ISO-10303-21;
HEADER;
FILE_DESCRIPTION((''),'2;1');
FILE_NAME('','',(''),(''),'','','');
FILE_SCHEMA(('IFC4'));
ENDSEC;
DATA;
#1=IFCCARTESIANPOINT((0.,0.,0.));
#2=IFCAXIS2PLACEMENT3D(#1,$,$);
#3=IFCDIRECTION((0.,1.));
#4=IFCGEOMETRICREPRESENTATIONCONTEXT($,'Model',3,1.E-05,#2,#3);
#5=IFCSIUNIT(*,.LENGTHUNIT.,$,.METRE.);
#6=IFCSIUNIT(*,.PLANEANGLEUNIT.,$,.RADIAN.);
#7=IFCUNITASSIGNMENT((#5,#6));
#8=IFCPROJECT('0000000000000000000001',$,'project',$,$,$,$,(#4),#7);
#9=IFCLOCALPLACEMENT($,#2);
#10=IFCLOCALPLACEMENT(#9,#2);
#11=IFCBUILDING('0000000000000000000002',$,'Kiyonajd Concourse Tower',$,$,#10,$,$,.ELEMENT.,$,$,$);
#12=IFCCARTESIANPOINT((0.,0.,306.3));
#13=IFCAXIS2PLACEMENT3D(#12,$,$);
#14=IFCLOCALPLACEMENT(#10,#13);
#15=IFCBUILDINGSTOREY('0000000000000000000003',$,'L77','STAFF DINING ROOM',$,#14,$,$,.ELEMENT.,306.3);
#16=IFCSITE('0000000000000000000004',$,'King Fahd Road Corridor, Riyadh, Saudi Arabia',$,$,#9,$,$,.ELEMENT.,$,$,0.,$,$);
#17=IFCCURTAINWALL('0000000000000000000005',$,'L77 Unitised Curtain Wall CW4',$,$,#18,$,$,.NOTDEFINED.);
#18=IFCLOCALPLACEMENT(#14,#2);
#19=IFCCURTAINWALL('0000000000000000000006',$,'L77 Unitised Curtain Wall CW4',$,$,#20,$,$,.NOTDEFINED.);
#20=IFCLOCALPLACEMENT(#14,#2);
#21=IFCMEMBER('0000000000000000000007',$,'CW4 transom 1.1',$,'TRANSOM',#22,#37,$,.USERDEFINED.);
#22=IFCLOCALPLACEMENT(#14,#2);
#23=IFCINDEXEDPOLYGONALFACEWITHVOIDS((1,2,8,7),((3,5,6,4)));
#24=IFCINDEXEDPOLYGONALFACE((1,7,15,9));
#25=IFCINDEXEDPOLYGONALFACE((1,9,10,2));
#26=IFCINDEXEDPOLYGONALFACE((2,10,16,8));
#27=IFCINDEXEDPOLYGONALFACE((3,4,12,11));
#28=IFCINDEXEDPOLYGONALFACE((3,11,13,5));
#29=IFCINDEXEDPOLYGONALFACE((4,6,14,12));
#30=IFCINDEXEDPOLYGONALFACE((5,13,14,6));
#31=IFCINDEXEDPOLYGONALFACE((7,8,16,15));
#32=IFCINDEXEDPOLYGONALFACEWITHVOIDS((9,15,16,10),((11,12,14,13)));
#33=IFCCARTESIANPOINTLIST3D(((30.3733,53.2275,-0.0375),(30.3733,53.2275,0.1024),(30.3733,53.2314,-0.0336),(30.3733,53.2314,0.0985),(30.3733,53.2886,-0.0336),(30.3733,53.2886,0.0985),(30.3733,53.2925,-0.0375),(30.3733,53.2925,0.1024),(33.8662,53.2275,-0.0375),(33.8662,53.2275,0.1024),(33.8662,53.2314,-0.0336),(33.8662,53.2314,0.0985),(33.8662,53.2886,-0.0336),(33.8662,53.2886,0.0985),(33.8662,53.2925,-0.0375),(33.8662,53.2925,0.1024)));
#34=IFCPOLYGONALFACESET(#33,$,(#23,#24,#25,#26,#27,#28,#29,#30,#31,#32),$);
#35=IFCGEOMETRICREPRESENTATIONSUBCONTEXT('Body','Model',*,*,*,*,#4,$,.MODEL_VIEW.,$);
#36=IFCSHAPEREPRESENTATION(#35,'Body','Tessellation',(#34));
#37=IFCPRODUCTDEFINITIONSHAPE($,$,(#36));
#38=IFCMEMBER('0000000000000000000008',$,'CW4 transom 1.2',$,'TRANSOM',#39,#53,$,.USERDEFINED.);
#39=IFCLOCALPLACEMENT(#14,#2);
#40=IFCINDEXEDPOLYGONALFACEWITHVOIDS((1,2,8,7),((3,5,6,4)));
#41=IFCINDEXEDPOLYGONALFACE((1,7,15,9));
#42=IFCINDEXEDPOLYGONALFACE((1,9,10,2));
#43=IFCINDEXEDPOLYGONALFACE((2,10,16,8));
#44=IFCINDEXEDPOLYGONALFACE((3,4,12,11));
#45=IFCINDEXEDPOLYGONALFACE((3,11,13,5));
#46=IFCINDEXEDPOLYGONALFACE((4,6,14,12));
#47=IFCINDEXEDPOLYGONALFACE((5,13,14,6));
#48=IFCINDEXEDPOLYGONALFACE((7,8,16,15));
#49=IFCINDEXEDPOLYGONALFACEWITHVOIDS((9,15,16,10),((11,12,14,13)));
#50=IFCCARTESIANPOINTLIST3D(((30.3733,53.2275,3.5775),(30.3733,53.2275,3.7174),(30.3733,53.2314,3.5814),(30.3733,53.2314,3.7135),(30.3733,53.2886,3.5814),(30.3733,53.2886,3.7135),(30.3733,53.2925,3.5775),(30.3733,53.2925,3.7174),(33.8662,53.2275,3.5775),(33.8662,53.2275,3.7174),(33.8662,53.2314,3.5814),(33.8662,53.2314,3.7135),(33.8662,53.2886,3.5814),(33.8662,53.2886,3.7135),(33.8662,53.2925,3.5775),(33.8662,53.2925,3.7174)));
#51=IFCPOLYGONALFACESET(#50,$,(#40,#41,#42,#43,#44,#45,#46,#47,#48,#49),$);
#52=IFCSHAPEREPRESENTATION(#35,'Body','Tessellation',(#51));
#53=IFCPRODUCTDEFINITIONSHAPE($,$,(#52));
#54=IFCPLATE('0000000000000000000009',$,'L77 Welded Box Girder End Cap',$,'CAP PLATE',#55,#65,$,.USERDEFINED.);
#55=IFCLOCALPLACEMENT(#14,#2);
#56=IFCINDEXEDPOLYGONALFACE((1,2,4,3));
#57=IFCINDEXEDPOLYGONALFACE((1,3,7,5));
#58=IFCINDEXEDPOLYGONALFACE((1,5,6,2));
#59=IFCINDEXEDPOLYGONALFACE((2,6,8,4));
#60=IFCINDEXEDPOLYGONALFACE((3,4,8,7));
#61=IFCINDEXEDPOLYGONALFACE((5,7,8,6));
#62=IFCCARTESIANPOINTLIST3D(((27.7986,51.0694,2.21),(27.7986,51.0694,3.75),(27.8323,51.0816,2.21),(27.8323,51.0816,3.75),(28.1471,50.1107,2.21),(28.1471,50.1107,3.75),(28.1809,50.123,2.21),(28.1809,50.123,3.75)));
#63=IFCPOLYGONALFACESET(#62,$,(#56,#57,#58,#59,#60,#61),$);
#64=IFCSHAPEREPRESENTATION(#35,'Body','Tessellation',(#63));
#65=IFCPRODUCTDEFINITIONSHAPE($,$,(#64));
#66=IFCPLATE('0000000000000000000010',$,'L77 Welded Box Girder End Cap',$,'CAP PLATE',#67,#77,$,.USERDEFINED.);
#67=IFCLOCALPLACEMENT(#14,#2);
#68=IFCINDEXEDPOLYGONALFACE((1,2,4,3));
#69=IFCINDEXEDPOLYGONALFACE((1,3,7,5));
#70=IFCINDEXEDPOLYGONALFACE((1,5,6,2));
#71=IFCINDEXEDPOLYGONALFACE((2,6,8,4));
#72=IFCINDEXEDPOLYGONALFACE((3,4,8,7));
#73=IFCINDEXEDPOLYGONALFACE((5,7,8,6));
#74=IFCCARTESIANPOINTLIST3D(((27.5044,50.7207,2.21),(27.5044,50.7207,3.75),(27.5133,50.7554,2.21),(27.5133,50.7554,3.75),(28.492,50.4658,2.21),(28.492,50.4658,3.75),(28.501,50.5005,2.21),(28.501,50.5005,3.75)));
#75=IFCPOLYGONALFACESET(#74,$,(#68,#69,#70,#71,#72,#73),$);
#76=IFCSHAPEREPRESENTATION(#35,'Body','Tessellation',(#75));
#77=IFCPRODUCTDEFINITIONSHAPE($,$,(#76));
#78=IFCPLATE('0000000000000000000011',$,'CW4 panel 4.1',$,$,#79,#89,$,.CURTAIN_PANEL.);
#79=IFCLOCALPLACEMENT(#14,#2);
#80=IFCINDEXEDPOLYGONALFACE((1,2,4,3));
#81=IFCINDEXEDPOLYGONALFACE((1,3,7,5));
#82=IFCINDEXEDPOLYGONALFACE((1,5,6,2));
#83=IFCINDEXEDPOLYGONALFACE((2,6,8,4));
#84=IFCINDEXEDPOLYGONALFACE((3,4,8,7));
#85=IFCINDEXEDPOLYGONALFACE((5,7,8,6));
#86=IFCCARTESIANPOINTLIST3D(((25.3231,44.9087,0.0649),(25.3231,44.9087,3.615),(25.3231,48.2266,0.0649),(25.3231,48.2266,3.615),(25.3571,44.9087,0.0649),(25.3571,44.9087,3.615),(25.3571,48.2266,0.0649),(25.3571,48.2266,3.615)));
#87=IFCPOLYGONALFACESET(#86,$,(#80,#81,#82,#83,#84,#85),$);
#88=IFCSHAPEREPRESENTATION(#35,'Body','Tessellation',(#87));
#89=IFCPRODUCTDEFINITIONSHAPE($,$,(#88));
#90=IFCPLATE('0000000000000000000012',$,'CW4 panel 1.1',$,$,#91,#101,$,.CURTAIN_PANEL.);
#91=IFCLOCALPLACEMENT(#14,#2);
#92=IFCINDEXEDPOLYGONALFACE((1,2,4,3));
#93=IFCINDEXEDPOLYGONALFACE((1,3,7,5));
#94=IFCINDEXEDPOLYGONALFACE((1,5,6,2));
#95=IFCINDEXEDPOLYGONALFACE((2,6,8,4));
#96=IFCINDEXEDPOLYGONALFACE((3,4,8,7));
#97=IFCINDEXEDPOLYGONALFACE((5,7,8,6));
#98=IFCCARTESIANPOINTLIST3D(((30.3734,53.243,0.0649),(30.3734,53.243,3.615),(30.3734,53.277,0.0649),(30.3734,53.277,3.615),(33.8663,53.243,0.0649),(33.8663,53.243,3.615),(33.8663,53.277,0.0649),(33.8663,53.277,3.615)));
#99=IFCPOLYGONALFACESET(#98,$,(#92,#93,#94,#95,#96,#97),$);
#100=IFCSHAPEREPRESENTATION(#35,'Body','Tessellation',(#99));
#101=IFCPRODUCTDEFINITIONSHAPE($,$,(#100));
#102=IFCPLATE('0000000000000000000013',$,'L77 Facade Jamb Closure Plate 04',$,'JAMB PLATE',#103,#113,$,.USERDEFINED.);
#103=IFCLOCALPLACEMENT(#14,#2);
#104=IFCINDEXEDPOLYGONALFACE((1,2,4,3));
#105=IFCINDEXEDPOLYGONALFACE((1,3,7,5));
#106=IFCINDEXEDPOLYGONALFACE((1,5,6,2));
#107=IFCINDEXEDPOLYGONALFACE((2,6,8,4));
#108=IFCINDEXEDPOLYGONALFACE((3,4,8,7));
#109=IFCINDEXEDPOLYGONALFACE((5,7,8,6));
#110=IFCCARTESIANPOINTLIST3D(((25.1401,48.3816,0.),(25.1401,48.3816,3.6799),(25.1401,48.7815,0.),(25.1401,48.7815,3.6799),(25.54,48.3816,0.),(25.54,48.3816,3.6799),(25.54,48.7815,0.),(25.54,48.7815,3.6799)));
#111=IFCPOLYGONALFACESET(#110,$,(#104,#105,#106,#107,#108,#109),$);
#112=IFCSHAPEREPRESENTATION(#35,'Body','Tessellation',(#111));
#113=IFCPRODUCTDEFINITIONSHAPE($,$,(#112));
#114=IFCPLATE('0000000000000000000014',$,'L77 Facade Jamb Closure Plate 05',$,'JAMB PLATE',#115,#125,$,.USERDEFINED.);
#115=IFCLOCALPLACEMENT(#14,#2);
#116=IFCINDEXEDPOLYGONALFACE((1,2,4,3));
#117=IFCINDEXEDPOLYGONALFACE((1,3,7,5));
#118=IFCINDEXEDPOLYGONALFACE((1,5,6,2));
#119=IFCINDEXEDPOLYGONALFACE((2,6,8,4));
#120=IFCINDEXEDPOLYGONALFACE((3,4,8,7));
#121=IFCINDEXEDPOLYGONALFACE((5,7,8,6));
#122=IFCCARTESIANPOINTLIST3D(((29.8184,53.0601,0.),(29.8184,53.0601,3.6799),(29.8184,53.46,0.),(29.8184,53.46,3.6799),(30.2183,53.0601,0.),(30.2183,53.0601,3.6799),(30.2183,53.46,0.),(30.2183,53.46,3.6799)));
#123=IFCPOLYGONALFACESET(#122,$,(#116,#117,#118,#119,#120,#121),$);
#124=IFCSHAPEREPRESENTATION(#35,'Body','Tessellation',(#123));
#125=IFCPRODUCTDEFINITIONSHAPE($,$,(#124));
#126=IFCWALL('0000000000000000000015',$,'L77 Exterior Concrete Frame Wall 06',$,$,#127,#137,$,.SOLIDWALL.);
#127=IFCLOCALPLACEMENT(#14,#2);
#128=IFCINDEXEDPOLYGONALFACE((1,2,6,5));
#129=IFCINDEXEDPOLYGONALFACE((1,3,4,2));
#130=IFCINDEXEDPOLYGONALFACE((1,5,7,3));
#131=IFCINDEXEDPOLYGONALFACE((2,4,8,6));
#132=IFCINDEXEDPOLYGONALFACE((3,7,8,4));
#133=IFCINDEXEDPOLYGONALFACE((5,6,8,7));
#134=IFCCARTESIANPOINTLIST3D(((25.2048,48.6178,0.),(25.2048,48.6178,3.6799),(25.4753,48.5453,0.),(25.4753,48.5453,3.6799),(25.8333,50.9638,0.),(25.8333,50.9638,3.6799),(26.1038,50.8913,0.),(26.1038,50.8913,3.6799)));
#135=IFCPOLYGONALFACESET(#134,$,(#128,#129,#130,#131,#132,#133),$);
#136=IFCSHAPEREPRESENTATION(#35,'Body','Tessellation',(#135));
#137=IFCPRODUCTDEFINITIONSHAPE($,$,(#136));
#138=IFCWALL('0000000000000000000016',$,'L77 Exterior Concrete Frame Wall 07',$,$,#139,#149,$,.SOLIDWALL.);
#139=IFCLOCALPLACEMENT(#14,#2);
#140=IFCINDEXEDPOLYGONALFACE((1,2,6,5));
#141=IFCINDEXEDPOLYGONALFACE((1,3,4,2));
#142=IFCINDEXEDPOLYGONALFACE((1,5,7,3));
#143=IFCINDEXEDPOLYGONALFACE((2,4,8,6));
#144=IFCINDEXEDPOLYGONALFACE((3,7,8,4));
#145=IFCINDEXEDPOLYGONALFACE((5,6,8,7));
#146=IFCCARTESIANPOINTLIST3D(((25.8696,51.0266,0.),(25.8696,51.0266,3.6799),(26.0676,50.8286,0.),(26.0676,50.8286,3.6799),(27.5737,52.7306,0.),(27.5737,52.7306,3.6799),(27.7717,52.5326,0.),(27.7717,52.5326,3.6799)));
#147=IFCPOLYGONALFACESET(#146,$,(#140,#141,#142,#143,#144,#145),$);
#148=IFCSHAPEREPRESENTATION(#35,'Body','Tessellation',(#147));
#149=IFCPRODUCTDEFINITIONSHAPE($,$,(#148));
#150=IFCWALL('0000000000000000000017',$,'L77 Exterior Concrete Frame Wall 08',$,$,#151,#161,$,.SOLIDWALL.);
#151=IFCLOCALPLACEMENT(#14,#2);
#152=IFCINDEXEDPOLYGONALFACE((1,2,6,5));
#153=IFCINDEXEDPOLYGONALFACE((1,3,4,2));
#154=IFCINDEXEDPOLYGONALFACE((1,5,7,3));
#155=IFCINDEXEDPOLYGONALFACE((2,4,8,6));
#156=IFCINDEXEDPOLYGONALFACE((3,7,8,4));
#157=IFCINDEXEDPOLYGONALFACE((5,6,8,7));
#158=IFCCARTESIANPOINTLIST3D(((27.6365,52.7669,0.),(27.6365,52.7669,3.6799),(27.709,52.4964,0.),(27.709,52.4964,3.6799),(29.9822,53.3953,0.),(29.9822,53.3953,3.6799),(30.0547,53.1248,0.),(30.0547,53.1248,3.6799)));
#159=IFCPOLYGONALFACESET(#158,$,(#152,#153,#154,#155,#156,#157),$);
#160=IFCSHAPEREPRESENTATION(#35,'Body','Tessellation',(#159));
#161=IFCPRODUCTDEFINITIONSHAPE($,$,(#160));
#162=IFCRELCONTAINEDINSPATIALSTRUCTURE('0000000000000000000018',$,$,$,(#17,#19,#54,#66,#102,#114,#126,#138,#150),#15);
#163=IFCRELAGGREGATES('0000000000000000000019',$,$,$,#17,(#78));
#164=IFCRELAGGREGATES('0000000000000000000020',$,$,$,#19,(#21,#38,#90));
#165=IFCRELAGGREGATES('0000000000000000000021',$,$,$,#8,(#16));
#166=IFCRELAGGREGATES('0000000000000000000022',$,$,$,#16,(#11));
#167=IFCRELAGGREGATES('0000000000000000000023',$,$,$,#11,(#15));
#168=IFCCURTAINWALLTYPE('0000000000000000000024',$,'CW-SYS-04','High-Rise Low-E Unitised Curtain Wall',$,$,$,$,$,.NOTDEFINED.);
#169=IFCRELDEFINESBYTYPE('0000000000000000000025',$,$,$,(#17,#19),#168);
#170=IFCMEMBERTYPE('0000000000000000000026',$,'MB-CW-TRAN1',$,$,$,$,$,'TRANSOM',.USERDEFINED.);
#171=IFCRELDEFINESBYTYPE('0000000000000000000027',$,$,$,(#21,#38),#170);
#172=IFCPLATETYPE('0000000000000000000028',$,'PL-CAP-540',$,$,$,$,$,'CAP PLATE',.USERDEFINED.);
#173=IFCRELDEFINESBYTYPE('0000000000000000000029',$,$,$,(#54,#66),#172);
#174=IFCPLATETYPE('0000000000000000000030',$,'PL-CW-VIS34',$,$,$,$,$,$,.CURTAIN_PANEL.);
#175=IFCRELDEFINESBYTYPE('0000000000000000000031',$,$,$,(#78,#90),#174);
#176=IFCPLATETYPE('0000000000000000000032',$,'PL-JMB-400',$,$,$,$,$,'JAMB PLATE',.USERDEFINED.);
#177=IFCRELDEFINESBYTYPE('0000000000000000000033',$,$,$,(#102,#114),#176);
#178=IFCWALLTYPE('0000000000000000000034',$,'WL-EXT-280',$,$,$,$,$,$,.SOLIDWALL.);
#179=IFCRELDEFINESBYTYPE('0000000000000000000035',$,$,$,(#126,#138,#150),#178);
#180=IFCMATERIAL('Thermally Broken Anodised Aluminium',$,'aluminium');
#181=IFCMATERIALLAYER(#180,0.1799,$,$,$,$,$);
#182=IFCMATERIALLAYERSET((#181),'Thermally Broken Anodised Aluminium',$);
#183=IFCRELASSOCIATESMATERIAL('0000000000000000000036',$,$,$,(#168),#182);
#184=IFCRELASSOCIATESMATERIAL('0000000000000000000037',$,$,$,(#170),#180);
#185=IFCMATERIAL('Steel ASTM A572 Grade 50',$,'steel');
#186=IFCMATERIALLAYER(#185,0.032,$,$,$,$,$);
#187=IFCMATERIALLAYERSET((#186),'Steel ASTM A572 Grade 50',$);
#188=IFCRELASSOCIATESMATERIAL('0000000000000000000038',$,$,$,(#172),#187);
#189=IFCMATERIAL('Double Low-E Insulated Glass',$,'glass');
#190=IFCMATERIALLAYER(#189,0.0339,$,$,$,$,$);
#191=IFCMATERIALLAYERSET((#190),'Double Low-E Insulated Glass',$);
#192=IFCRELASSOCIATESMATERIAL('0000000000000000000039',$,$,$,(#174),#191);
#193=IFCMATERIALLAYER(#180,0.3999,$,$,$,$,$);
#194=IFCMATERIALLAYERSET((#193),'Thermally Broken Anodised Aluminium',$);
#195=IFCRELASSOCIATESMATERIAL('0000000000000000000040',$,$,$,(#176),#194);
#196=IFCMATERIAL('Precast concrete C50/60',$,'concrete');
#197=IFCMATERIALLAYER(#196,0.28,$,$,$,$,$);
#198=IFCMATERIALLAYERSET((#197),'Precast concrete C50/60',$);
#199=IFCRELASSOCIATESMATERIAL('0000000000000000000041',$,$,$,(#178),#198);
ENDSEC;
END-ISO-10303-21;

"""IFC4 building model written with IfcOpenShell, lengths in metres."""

from ifc_helpers import new_model, si_unit, direction, frame, frame_2d, origin, origin_2d, place, context, subcontext, project, spatial, rectangle, hollow_rectangle, extrude, material, layer, layer_set, material_profile, profile_set, type_object, element, aggregate, save


model = new_model("IFC4")

# Units and contexts
model_context = context("Model", 3, precision=1e-05, world=origin(), true_north=direction((0.0, 1.0)))
body_context = subcontext(model_context, "Body", "Model", "MODEL_VIEW")
ifc_project = project(units=[si_unit("LENGTHUNIT", "METRE"), si_unit("PLANEANGLEUNIT", "RADIAN")], contexts=[model_context])

# Site, building, storey
site_placement = place(None, origin())
site = spatial("IfcSite", under=ifc_project, at=site_placement, Name="King Fahd Road Corridor, Riyadh, Saudi Arabia", CompositionType="ELEMENT", RefElevation=0.0)
building_placement = place(site_placement, origin())
building = spatial("IfcBuilding", under=site, at=building_placement, Name="Kiyonajd Concourse Tower", CompositionType="ELEMENT")
storey_placement = place(building_placement, frame((0.0, 0.0, 306.3)))
storey = spatial("IfcBuildingStorey", under=building, at=storey_placement, Name="L77", Description="STAFF DINING ROOM", CompositionType="ELEMENT", Elevation=306.3)

# Shared definitions
ifc_material_1 = material(Name="Steel ASTM A572 Grade 50", Category="steel")

# Curtain wall
ifc_material_2 = material(Name="Thermally Broken Anodised Aluminium", Category="aluminium")
ifc_layer_1 = layer(ifc_material_2, 0.1799)
ifc_layer_set_1 = layer_set([ifc_layer_1], Name="Thermally Broken Anodised Aluminium")
curtain_wall_type = type_object("IfcCurtainWallType", Name="CW-SYS-04", Description="High-Rise Low-E Unitised Curtain Wall", PredefinedType="NOTDEFINED", material=ifc_layer_set_1)
curtain_wall_1_placement = place(storey_placement, origin())
curtain_wall_1 = element("IfcCurtainWall", 1, at=curtain_wall_1_placement, inside=storey, type_object=curtain_wall_type, Name="L77 Unitised Curtain Wall CW4", PredefinedType="NOTDEFINED")

# Curtain wall
curtain_wall_2_placement = place(storey_placement, origin())
curtain_wall_2 = element("IfcCurtainWall", 2, at=curtain_wall_2_placement, inside=storey, type_object=curtain_wall_type, Name="L77 Unitised Curtain Wall CW4", PredefinedType="NOTDEFINED")

# Members
ifc_material_profile_1 = material_profile(ifc_material_2, hollow_rectangle(XDim=0.0649, YDim=0.1399, WallThickness=0.0039, at=origin_2d()), Name="TRAN-65x140")
ifc_profile_set_1 = profile_set([ifc_material_profile_1], Name="Thermally Broken Anodised Aluminium")
member_type_1 = type_object("IfcMemberType", Name="MB-CW-TRAN1", ElementType="TRANSOM", PredefinedType="USERDEFINED", material=ifc_profile_set_1)
member_1_placement = place(storey_placement, frame((30.3733, 53.26, 0.0325), z_axis=(1.0, 0.0, 0.0), x_axis=(0.0, 1.0, 0.0)))
member_1 = element("IfcMember", 3, at=member_1_placement, type_object=member_type_1, Name="CW4 transom 1.1", ObjectType="TRANSOM", PredefinedType="USERDEFINED", context=body_context, shape_type="SweptSolid", body=[
    extrude(hollow_rectangle(XDim=0.0649, YDim=0.1399, WallThickness=0.0039, at=origin_2d()), origin(), (0.0, 0.0, 1.0), 3.4929),
])
member_2_placement = place(storey_placement, frame((30.3733, 53.26, 3.6475), z_axis=(1.0, 0.0, 0.0), x_axis=(0.0, 1.0, 0.0)))
member_2 = element("IfcMember", 4, at=member_2_placement, type_object=member_type_1, Name="CW4 transom 1.2", ObjectType="TRANSOM", PredefinedType="USERDEFINED", context=body_context, shape_type="SweptSolid", body=[
    extrude(hollow_rectangle(XDim=0.0649, YDim=0.1399, WallThickness=0.0039, at=origin_2d()), origin(), (0.0, 0.0, 1.0), 3.4929),
])

# Plates
ifc_layer_2 = layer(ifc_material_1, 0.032)
ifc_layer_set_2 = layer_set([ifc_layer_2], Name="Steel ASTM A572 Grade 50")
plate_type_1 = type_object("IfcPlateType", Name="PL-CAP-540", ElementType="CAP PLATE", PredefinedType="USERDEFINED", material=ifc_layer_set_2)
for number, where, z_axis, x_axis, name in (
    (5, (27.9897, 50.5962, 2.21), (0.0, 0.0, 1.0), (-0.939812, -0.341692, 0.0), "L77 Welded Box Girder End Cap"),
    (6, (28.0027, 50.6106, 2.21), (0.0, 0.0, 1.0), (0.249873, 0.968279, 0.0), "L77 Welded Box Girder End Cap"),
):
    element("IfcPlate", number, at=place(storey_placement, frame(where, z_axis=z_axis, x_axis=x_axis)), inside=storey, type_object=plate_type_1, Name=name, ObjectType="CAP PLATE", PredefinedType="USERDEFINED", context=body_context, shape_type="SweptSolid", body=[
        extrude(rectangle(XDim=0.0359, YDim=1.02, at=origin_2d()), origin(), (0.0, 0.0, 1.0), 1.54),
    ])

# Plates
ifc_material_3 = material(Name="Double Low-E Insulated Glass", Category="glass")
ifc_layer_3 = layer(ifc_material_3, 0.0339)
ifc_layer_set_3 = layer_set([ifc_layer_3], Name="Double Low-E Insulated Glass")
plate_type_2 = type_object("IfcPlateType", Name="PL-CW-VIS34", PredefinedType="CURTAIN_PANEL", material=ifc_layer_set_3)
plate_1_placement = place(storey_placement, frame((25.3401, 46.5676, 0.0649), z_axis=(0.0, 0.0, 1.0), x_axis=(0.0, 1.0, 0.0)))
plate_1 = element("IfcPlate", 7, at=plate_1_placement, type_object=plate_type_2, Name="CW4 panel 4.1", PredefinedType="CURTAIN_PANEL", context=body_context, shape_type="SweptSolid", body=[
    extrude(rectangle(XDim=3.3179, YDim=0.0339, at=origin_2d()), origin(), (0.0, 0.0, 1.0), 3.55),
])
aggregate(curtain_wall_1, [plate_1])
plate_2_placement = place(storey_placement, frame((32.1199, 53.26, 0.0649), z_axis=(0.0, 0.0, 1.0), x_axis=(1.0, 0.0, 0.0)))
plate_2 = element("IfcPlate", 8, at=plate_2_placement, type_object=plate_type_2, Name="CW4 panel 1.1", PredefinedType="CURTAIN_PANEL", context=body_context, shape_type="SweptSolid", body=[
    extrude(rectangle(XDim=3.4929, YDim=0.0339, at=origin_2d()), origin(), (0.0, 0.0, 1.0), 3.55),
])
aggregate(curtain_wall_2, [member_1, member_2, plate_2])

# Plates
ifc_layer_4 = layer(ifc_material_2, 0.3999)
ifc_layer_set_4 = layer_set([ifc_layer_4], Name="Thermally Broken Anodised Aluminium")
plate_type_3 = type_object("IfcPlateType", Name="PL-JMB-400", ElementType="JAMB PLATE", PredefinedType="USERDEFINED", material=ifc_layer_set_4)
for number, where, z_axis, x_axis, name in (
    (9, (25.3401, 48.5815, 0.0), (0.0, 0.0, 1.0), (1.0, 0.0, 0.0), "L77 Facade Jamb Closure Plate 04"),
    (10, (30.0183, 53.26, 0.0), (0.0, 0.0, 1.0), (1.0, 0.0, 0.0), "L77 Facade Jamb Closure Plate 05"),
):
    element("IfcPlate", number, at=place(storey_placement, frame(where, z_axis=z_axis, x_axis=x_axis)), inside=storey, type_object=plate_type_3, Name=name, ObjectType="JAMB PLATE", PredefinedType="USERDEFINED", context=body_context, shape_type="SweptSolid", body=[
        extrude(rectangle(XDim=0.3999, YDim=0.3999, at=origin_2d()), origin(), (0.0, 0.0, 1.0), 3.6799),
    ])

# Walls
ifc_material_4 = material(Name="Precast concrete C50/60", Category="concrete")
ifc_layer_5 = layer(ifc_material_4, 0.28)
ifc_layer_set_5 = layer_set([ifc_layer_5], Name="Precast concrete C50/60")
wall_type_1 = type_object("IfcWallType", Name="WL-EXT-280", PredefinedType="SOLIDWALL", material=ifc_layer_set_5)
wall_1_placement = place(storey_placement, frame((25.3401, 48.5815, 0.0), z_axis=(0.0, 0.0, 1.0), x_axis=(0.258751, 0.965944, 0.0)))
element("IfcWall", 11, at=wall_1_placement, inside=storey, type_object=wall_type_1, Name="L77 Exterior Concrete Frame Wall 06", PredefinedType="SOLIDWALL", context=body_context, shape_type="SweptSolid", body=[
    extrude(rectangle(XDim=2.4287, YDim=0.28, at=frame_2d((1.2144, 0.0))), origin(), (0.0, 0.0, 1.0), 3.6799),
])
wall_2_placement = place(storey_placement, frame((25.9685, 50.9275, 0.0), z_axis=(0.0, 0.0, 1.0), x_axis=(0.707107, 0.707107, 0.0)))
element("IfcWall", 12, at=wall_2_placement, inside=storey, type_object=wall_type_1, Name="L77 Exterior Concrete Frame Wall 07", PredefinedType="SOLIDWALL", context=body_context, shape_type="SweptSolid", body=[
    extrude(rectangle(XDim=2.4099, YDim=0.28, at=frame_2d((1.2051, 0.0))), origin(), (0.0, 0.0, 1.0), 3.6799),
])
wall_3_placement = place(storey_placement, frame((27.6726, 52.6316, 0.0), z_axis=(0.0, 0.0, 1.0), x_axis=(0.965937, 0.258776, 0.0)))
element("IfcWall", 13, at=wall_3_placement, inside=storey, type_object=wall_type_1, Name="L77 Exterior Concrete Frame Wall 08", PredefinedType="SOLIDWALL", context=body_context, shape_type="SweptSolid", body=[
    extrude(rectangle(XDim=2.4285, YDim=0.28, at=frame_2d((1.2144, 0.0))), origin(), (0.0, 0.0, 1.0), 3.6799),
])

save(model, "model.ifc")
